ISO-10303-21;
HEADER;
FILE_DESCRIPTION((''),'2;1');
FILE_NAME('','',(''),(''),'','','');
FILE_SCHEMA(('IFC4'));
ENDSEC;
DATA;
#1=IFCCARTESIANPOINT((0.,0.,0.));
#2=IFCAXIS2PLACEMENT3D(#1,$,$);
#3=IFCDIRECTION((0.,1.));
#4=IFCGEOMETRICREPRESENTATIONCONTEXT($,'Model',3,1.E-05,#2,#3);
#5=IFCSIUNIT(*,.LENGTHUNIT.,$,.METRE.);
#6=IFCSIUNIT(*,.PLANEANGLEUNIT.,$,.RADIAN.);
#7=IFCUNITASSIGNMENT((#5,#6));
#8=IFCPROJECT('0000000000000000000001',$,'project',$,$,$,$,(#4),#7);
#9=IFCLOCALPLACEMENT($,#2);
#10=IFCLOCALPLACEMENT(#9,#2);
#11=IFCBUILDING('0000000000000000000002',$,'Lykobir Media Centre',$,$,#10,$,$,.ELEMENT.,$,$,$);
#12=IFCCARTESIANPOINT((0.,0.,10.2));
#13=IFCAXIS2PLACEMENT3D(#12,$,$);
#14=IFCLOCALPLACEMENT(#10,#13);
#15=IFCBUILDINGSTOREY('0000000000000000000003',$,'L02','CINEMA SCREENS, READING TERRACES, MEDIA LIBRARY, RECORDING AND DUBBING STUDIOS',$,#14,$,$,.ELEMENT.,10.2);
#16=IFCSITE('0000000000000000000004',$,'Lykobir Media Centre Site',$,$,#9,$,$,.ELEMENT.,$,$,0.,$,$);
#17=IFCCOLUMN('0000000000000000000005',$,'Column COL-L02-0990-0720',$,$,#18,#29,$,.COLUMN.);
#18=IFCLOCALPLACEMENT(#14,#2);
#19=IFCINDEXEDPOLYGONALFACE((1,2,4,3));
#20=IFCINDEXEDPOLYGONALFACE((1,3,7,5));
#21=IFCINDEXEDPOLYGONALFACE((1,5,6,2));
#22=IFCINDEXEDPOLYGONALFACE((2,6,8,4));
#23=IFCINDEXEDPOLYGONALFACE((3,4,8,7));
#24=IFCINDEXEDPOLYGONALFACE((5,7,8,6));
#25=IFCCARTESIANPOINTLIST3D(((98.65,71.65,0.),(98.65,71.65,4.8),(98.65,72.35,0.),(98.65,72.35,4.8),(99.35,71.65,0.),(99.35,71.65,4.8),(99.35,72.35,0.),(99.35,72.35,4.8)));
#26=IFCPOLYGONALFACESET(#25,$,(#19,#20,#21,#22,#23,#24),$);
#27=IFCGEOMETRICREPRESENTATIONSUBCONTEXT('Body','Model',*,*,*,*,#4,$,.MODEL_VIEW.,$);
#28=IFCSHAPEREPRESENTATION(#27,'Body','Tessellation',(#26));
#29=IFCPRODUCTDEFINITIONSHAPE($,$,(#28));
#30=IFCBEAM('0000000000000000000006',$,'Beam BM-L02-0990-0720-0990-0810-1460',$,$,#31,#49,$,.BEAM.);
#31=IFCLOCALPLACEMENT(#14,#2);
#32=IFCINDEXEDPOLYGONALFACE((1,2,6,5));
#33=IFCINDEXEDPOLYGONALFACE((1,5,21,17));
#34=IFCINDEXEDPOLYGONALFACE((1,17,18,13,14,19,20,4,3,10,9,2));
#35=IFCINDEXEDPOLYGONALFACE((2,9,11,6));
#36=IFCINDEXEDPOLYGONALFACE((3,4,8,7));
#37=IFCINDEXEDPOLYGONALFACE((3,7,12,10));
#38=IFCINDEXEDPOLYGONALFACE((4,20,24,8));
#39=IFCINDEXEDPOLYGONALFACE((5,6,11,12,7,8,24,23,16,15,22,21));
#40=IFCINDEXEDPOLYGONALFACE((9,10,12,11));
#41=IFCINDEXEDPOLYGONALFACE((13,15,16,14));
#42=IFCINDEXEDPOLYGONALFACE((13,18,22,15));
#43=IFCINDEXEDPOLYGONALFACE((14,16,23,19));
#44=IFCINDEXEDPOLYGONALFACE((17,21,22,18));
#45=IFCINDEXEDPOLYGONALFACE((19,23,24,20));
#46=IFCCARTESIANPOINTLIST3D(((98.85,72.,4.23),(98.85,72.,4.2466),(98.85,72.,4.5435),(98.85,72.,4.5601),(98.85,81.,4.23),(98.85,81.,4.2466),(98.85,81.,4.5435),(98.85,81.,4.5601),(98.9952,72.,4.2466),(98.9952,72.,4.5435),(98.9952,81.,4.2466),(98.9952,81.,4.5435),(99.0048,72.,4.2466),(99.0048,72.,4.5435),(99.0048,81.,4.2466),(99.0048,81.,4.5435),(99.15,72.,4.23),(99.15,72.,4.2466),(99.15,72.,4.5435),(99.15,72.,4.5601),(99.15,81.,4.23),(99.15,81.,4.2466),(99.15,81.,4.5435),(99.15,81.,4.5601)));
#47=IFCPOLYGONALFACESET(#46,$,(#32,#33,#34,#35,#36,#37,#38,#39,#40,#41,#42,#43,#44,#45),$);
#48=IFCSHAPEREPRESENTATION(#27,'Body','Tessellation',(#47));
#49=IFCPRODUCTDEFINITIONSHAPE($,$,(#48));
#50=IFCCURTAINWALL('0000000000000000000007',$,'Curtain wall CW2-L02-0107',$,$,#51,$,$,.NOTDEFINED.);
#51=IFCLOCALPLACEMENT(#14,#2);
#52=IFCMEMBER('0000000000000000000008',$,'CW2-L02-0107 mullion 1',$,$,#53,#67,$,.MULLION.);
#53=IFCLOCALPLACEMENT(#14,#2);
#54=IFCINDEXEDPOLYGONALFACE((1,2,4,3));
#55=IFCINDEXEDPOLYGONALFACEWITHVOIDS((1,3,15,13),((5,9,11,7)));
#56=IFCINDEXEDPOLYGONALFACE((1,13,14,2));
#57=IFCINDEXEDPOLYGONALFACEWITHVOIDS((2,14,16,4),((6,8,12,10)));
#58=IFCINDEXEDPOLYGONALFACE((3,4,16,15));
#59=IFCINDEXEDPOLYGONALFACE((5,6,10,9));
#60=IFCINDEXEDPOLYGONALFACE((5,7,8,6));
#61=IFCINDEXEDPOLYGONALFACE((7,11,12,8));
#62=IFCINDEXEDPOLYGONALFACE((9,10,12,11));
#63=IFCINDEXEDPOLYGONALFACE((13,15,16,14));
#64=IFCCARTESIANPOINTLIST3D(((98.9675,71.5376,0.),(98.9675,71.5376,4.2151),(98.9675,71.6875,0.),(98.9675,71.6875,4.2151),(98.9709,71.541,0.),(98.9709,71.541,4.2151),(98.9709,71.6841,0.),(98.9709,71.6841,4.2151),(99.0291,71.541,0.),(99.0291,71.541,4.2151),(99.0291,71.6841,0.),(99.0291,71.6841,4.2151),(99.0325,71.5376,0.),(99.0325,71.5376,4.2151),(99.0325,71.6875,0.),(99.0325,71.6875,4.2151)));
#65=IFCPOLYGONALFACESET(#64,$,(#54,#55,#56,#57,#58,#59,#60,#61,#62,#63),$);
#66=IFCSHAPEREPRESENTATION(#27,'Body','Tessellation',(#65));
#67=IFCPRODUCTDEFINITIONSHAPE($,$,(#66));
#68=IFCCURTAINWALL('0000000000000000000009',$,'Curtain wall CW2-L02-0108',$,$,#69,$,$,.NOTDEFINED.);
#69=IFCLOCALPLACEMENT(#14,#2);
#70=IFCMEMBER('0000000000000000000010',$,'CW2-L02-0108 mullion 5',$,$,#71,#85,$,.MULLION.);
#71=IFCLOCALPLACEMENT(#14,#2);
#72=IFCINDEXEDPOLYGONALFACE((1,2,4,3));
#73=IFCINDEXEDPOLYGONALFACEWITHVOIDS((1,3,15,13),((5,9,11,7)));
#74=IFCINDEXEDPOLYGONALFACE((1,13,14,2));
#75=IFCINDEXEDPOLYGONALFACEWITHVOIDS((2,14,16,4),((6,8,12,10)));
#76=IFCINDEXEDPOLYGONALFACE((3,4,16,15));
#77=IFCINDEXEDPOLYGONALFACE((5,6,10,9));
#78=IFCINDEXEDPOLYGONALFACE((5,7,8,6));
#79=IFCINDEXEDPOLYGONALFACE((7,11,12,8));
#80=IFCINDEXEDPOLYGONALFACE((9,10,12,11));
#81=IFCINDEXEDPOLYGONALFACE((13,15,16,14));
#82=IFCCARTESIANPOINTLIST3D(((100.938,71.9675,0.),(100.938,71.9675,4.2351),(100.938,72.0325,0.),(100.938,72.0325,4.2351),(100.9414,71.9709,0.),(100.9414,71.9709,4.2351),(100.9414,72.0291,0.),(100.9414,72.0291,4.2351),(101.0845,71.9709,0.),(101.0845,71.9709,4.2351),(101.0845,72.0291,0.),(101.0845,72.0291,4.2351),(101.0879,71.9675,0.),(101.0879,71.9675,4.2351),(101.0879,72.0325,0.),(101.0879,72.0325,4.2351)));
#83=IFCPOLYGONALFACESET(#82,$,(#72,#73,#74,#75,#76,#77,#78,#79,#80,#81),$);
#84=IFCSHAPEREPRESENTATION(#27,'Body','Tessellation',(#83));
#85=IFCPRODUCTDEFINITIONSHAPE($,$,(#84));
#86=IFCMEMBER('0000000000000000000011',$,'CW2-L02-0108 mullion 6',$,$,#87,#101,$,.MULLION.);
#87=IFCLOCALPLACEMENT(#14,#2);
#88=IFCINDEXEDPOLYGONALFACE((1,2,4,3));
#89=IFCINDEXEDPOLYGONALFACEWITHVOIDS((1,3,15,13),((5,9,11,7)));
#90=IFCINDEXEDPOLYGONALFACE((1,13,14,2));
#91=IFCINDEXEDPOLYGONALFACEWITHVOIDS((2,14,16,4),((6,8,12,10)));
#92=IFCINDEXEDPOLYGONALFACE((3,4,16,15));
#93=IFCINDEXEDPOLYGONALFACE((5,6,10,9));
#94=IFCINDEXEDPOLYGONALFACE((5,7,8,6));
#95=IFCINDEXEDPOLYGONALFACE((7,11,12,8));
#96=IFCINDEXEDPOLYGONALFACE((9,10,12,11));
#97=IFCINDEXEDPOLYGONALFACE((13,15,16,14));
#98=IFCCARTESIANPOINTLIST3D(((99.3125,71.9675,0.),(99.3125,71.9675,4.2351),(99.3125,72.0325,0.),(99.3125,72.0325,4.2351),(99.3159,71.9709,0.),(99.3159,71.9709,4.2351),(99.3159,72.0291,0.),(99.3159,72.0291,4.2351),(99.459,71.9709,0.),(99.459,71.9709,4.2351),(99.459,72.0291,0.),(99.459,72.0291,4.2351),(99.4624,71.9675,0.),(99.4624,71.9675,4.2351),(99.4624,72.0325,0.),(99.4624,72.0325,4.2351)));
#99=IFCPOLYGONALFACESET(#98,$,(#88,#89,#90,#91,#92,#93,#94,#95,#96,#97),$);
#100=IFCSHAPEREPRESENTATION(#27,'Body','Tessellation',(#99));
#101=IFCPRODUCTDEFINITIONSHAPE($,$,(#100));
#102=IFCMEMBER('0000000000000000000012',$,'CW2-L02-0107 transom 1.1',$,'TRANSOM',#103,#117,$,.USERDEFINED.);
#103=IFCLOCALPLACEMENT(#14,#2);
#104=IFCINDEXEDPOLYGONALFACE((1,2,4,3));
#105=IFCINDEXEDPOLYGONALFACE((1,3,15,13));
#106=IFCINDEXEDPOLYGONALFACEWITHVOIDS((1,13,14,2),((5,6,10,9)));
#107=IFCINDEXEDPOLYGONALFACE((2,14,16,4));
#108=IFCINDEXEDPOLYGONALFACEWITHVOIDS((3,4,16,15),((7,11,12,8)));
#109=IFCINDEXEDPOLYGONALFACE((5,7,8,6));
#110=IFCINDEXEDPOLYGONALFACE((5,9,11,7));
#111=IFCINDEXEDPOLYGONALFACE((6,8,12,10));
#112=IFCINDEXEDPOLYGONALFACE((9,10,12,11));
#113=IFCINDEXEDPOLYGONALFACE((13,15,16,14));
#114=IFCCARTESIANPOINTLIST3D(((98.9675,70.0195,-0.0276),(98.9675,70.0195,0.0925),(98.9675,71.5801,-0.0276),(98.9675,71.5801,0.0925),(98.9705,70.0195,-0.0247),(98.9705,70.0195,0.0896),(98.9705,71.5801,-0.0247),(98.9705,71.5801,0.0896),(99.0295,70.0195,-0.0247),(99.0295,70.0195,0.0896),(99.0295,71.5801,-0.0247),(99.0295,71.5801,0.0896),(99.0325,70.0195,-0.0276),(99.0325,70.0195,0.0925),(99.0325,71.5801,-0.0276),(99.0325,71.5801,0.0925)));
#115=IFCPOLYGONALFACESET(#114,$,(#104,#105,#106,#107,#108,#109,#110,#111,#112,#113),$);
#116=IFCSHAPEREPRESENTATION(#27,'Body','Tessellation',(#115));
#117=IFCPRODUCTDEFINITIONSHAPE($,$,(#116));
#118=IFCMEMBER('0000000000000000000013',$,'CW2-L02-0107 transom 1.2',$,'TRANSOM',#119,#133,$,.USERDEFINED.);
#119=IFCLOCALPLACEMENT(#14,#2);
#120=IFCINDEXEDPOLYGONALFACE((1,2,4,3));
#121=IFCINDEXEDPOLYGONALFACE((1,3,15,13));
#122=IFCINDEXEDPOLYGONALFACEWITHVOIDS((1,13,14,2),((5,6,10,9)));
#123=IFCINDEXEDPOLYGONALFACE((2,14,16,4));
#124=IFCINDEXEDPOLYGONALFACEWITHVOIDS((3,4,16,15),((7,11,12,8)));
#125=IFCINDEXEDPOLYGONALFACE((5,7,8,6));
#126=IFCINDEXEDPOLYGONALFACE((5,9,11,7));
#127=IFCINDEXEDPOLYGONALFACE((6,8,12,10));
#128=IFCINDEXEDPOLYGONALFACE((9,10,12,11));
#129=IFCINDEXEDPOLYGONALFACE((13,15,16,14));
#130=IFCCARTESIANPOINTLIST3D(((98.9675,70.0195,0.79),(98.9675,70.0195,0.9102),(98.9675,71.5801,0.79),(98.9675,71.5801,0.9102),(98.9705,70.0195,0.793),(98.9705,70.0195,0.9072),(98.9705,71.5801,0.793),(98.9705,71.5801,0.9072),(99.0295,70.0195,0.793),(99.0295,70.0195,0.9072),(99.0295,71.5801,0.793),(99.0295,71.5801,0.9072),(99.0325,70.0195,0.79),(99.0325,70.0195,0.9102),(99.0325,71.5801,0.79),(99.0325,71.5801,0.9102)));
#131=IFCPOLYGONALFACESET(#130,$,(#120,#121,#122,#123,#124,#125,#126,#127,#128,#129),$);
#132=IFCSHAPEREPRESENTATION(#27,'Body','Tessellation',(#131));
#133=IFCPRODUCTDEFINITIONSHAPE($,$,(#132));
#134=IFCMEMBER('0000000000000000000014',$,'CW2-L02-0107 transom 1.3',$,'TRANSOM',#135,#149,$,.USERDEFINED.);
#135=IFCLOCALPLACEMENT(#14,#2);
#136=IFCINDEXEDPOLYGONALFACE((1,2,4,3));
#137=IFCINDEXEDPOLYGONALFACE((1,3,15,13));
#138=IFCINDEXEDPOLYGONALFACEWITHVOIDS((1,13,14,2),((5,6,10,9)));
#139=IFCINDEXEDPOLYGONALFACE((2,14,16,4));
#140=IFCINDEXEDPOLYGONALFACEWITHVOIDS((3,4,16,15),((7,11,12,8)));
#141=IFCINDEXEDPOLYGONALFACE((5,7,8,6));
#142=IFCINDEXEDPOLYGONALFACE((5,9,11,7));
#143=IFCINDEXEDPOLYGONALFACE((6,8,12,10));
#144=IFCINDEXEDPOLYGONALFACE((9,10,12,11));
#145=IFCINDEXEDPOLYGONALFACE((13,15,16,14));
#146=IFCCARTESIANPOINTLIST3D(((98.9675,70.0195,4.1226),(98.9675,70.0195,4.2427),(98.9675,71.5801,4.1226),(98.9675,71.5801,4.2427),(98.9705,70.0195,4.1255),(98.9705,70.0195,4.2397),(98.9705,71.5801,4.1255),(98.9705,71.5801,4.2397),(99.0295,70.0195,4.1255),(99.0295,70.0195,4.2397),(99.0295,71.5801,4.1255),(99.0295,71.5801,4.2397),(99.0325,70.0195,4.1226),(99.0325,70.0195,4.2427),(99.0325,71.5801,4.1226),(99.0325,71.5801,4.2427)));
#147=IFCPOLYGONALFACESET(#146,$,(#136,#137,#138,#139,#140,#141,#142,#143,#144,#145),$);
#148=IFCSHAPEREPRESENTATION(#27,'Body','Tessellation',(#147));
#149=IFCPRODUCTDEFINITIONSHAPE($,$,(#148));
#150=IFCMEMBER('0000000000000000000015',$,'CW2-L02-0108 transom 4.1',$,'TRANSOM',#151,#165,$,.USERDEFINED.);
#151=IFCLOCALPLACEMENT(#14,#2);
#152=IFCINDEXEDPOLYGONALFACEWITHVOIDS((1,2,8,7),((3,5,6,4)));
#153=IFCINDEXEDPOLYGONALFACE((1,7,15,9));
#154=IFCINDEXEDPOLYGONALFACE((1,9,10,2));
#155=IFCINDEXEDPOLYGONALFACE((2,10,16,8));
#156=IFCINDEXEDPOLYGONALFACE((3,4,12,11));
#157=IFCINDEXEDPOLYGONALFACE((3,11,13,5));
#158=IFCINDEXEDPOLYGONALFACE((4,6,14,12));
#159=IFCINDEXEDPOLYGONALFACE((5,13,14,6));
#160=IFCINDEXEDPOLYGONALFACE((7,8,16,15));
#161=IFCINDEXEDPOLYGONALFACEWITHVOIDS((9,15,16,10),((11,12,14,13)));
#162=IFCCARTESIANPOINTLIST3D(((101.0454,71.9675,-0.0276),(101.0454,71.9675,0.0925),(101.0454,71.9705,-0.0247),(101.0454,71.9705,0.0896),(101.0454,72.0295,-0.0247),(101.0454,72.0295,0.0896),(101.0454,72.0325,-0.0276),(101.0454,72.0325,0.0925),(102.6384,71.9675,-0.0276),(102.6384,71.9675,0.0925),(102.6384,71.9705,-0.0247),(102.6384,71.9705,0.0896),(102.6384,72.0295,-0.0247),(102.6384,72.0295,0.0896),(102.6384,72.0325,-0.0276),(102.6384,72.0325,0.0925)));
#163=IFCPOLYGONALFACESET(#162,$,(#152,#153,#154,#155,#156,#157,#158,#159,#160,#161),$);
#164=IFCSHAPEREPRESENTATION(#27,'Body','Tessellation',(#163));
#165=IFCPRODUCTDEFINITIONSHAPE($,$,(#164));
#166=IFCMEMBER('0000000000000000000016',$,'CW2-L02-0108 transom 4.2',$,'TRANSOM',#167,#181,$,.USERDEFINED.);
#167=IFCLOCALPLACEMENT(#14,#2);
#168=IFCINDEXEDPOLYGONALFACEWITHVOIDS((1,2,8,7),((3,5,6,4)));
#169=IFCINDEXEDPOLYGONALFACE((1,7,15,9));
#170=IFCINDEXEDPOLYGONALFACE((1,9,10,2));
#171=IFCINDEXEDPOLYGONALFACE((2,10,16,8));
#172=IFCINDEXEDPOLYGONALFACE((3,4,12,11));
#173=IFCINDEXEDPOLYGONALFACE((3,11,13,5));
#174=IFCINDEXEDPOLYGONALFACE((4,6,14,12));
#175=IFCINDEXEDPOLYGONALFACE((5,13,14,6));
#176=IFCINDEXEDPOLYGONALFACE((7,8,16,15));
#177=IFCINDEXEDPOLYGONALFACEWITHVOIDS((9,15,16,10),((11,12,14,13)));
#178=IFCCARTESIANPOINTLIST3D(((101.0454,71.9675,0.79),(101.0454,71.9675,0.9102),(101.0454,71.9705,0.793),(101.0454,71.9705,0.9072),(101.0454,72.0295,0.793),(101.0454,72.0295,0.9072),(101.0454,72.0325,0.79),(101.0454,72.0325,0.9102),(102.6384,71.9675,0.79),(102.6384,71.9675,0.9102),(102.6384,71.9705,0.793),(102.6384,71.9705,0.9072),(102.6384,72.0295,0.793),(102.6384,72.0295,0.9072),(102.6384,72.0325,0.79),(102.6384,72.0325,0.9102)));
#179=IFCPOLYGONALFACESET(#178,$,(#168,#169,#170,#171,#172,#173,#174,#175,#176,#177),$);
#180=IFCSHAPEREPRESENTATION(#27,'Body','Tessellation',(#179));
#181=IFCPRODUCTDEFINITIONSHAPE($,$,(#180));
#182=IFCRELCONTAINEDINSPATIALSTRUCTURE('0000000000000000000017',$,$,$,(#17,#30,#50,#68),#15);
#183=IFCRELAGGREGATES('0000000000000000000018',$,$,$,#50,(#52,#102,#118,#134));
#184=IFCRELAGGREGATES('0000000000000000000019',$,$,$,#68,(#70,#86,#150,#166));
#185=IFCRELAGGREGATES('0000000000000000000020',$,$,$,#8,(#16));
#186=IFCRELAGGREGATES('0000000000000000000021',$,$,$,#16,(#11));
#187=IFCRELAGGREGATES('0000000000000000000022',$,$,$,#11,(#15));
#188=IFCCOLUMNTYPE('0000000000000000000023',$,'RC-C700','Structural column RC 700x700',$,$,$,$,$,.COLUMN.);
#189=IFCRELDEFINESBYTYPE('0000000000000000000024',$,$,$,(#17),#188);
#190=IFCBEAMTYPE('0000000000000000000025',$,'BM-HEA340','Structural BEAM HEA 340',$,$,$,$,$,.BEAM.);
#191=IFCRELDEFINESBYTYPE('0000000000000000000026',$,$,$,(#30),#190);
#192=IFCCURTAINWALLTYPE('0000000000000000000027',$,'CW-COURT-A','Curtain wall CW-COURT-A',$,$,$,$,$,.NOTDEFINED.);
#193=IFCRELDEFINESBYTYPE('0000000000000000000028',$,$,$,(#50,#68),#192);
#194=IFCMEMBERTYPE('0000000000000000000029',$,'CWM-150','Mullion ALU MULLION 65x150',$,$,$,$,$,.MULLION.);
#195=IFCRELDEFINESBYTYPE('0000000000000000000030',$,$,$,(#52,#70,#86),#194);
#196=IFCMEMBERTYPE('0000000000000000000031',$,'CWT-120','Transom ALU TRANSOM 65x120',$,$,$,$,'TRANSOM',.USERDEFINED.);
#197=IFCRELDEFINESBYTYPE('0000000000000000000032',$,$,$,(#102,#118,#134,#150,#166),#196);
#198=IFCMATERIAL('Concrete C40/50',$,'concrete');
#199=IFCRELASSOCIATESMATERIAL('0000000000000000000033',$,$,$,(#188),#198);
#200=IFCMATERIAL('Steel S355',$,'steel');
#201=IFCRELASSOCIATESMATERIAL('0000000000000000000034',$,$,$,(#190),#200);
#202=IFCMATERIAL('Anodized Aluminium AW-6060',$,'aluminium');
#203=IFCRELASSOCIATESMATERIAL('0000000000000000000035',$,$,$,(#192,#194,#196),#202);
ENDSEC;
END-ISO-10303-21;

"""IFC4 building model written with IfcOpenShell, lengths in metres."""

from ifc_helpers import new_model, si_unit, direction, frame, origin, origin_2d, place, context, subcontext, project, spatial, rectangle, hollow_rectangle, i_section, extrude, material, material_profile, profile_set, type_object, element, aggregate, save


model = new_model("IFC4")

# Units and contexts
model_context = context("Model", 3, precision=1e-05, world=origin(), true_north=direction((0.0, 1.0)))
body_context = subcontext(model_context, "Body", "Model", "MODEL_VIEW")
ifc_project = project(units=[si_unit("LENGTHUNIT", "METRE"), si_unit("PLANEANGLEUNIT", "RADIAN")], contexts=[model_context])

# Site, building, storey
site_placement = place(None, origin())
site = spatial("IfcSite", under=ifc_project, at=site_placement, Name="Lykobir Media Centre Site", CompositionType="ELEMENT", RefElevation=0.0)
building_placement = place(site_placement, origin())
building = spatial("IfcBuilding", under=site, at=building_placement, Name="Lykobir Media Centre", CompositionType="ELEMENT")
storey_placement = place(building_placement, frame((0.0, 0.0, 10.2)))
storey = spatial("IfcBuildingStorey", under=building, at=storey_placement, Name="L02", Description="CINEMA SCREENS, READING TERRACES, MEDIA LIBRARY, RECORDING AND DUBBING STUDIOS", CompositionType="ELEMENT", Elevation=10.2)

# Column
ifc_material_1 = material(Name="Concrete C40/50", Category="concrete")
ifc_material_profile_1 = material_profile(ifc_material_1, rectangle(XDim=0.7, YDim=0.7, at=origin_2d()), Name="RC 700x700")
ifc_profile_set_1 = profile_set([ifc_material_profile_1], Name="Concrete C40/50")
column_type = type_object("IfcColumnType", Name="RC-C700", Description="Structural column RC 700x700", PredefinedType="COLUMN", material=ifc_profile_set_1)
column_placement = place(storey_placement, frame((99.0, 72.0, 0.0), z_axis=(0.0, 0.0, 1.0), x_axis=(1.0, 0.0, 0.0)))
element("IfcColumn", 1, at=column_placement, inside=storey, type_object=column_type, Name="Column COL-L02-0990-0720", PredefinedType="COLUMN", context=body_context, shape_type="SweptSolid", body=[
    extrude(rectangle(XDim=0.7, YDim=0.7, at=origin_2d()), origin(), (0.0, 0.0, 1.0), 4.8),
])

# Beam
ifc_material_2 = material(Name="Steel S355", Category="steel")
ifc_material_profile_2 = material_profile(ifc_material_2, i_section(OverallWidth=0.3, OverallDepth=0.3301, WebThickness=0.0095, FlangeThickness=0.0166, at=origin_2d()), Name="HEA 340")
ifc_profile_set_2 = profile_set([ifc_material_profile_2], Name="Steel S355")
beam_type_1 = type_object("IfcBeamType", Name="BM-HEA340", Description="Structural BEAM HEA 340", PredefinedType="BEAM", material=ifc_profile_set_2)
beam_1_placement = place(storey_placement, frame((99.0, 72.0, 4.395), z_axis=(0.0, 1.0, 0.0), x_axis=(-1.0, 0.0, 0.0)))
element("IfcBeam", 2, at=beam_1_placement, inside=storey, type_object=beam_type_1, Name="Beam BM-L02-0990-0720-0990-0810-1460", PredefinedType="BEAM", context=body_context, shape_type="SweptSolid", body=[
    extrude(i_section(OverallWidth=0.3, OverallDepth=0.3301, WebThickness=0.0095, FlangeThickness=0.0166, at=origin_2d()), origin(), (0.0, 0.0, 1.0), 9.0),
])

# Curtain wall, member
ifc_material_3 = material(Name="Anodized Aluminium AW-6060", Category="aluminium")
curtain_wall_type = type_object("IfcCurtainWallType", Name="CW-COURT-A", Description="Curtain wall CW-COURT-A", PredefinedType="NOTDEFINED", material=ifc_material_3)
curtain_wall_1_placement = place(storey_placement, origin())
curtain_wall_1 = element("IfcCurtainWall", 3, at=curtain_wall_1_placement, inside=storey, type_object=curtain_wall_type, Name="Curtain wall CW2-L02-0107", PredefinedType="NOTDEFINED")
ifc_material_profile_3 = material_profile(ifc_material_3, hollow_rectangle(XDim=0.0649, YDim=0.1499, WallThickness=0.0034, at=origin_2d()), Name="ALU MULLION 65x150")
ifc_profile_set_3 = profile_set([ifc_material_profile_3], Name="Anodized Aluminium AW-6060")
member_type_1 = type_object("IfcMemberType", Name="CWM-150", Description="Mullion ALU MULLION 65x150", PredefinedType="MULLION", material=ifc_profile_set_3)
member_1_placement = place(storey_placement, frame((99.0, 71.6125, 0.0), z_axis=(0.0, 0.0, 1.0), x_axis=(1.0, 0.0, 0.0)))
member_1 = element("IfcMember", 4, at=member_1_placement, type_object=member_type_1, Name="CW2-L02-0107 mullion 1", PredefinedType="MULLION", context=body_context, shape_type="SweptSolid", body=[
    extrude(hollow_rectangle(XDim=0.0649, YDim=0.1499, WallThickness=0.0034, at=origin_2d()), origin(), (0.0, 0.0, 1.0), 4.2151),
])

# Curtain wall, members
curtain_wall_2_placement = place(storey_placement, origin())
curtain_wall_2 = element("IfcCurtainWall", 5, at=curtain_wall_2_placement, inside=storey, type_object=curtain_wall_type, Name="Curtain wall CW2-L02-0108", PredefinedType="NOTDEFINED")
member_2_placement = place(storey_placement, frame((101.0129, 72.0, 0.0), z_axis=(0.0, 0.0, 1.0), x_axis=(0.0, -1.0, 0.0)))
member_2 = element("IfcMember", 6, at=member_2_placement, type_object=member_type_1, Name="CW2-L02-0108 mullion 5", PredefinedType="MULLION", context=body_context, shape_type="SweptSolid", body=[
    extrude(hollow_rectangle(XDim=0.0649, YDim=0.1499, WallThickness=0.0034, at=origin_2d()), origin(), (0.0, 0.0, 1.0), 4.2351),
])
member_3_placement = place(storey_placement, frame((99.3875, 72.0, 0.0), z_axis=(0.0, 0.0, 1.0), x_axis=(0.0, -1.0, 0.0)))
member_3 = element("IfcMember", 7, at=member_3_placement, type_object=member_type_1, Name="CW2-L02-0108 mullion 6", PredefinedType="MULLION", context=body_context, shape_type="SweptSolid", body=[
    extrude(hollow_rectangle(XDim=0.0649, YDim=0.1499, WallThickness=0.0034, at=origin_2d()), origin(), (0.0, 0.0, 1.0), 4.2351),
])

# Members
ifc_material_profile_4 = material_profile(ifc_material_3, hollow_rectangle(XDim=0.0649, YDim=0.1201, WallThickness=0.0029, at=origin_2d()), Name="ALU TRANSOM 65x120")
ifc_profile_set_4 = profile_set([ifc_material_profile_4], Name="Anodized Aluminium AW-6060")
member_type_2 = type_object("IfcMemberType", Name="CWT-120", Description="Transom ALU TRANSOM 65x120", ElementType="TRANSOM", PredefinedType="USERDEFINED", material=ifc_profile_set_4)
member_4_placement = place(storey_placement, frame((99.0, 71.5801, 0.0325), z_axis=(0.0, -1.0, 0.0), x_axis=(1.0, 0.0, 0.0)))
member_4 = element("IfcMember", 8, at=member_4_placement, type_object=member_type_2, Name="CW2-L02-0107 transom 1.1", ObjectType="TRANSOM", PredefinedType="USERDEFINED", context=body_context, shape_type="SweptSolid", body=[
    extrude(hollow_rectangle(XDim=0.0649, YDim=0.1201, WallThickness=0.0029, at=origin_2d()), origin(), (0.0, 0.0, 1.0), 1.5605),
])
member_5_placement = place(storey_placement, frame((99.0, 71.5801, 0.8501), z_axis=(0.0, -1.0, 0.0), x_axis=(1.0, 0.0, 0.0)))
member_5 = element("IfcMember", 9, at=member_5_placement, type_object=member_type_2, Name="CW2-L02-0107 transom 1.2", ObjectType="TRANSOM", PredefinedType="USERDEFINED", context=body_context, shape_type="SweptSolid", body=[
    extrude(hollow_rectangle(XDim=0.0649, YDim=0.1201, WallThickness=0.0029, at=origin_2d()), origin(), (0.0, 0.0, 1.0), 1.5605),
])
member_6_placement = place(storey_placement, frame((99.0, 71.5801, 4.1826), z_axis=(0.0, -1.0, 0.0), x_axis=(1.0, 0.0, 0.0)))
member_6 = element("IfcMember", 10, at=member_6_placement, type_object=member_type_2, Name="CW2-L02-0107 transom 1.3", ObjectType="TRANSOM", PredefinedType="USERDEFINED", context=body_context, shape_type="SweptSolid", body=[
    extrude(hollow_rectangle(XDim=0.0649, YDim=0.1201, WallThickness=0.0029, at=origin_2d()), origin(), (0.0, 0.0, 1.0), 1.5605),
])
aggregate(curtain_wall_1, [member_1, member_4, member_5, member_6])
member_7_placement = place(storey_placement, frame((102.6384, 72.0, 0.0325), z_axis=(-1.0, 0.0, 0.0), x_axis=(0.0, -1.0, 0.0)))
member_7 = element("IfcMember", 11, at=member_7_placement, type_object=member_type_2, Name="CW2-L02-0108 transom 4.1", ObjectType="TRANSOM", PredefinedType="USERDEFINED", context=body_context, shape_type="SweptSolid", body=[
    extrude(hollow_rectangle(XDim=0.0649, YDim=0.1201, WallThickness=0.0029, at=origin_2d()), origin(), (0.0, 0.0, 1.0), 1.593),
])
member_8_placement = place(storey_placement, frame((102.6384, 72.0, 0.8501), z_axis=(-1.0, 0.0, 0.0), x_axis=(0.0, -1.0, 0.0)))
member_8 = element("IfcMember", 12, at=member_8_placement, type_object=member_type_2, Name="CW2-L02-0108 transom 4.2", ObjectType="TRANSOM", PredefinedType="USERDEFINED", context=body_context, shape_type="SweptSolid", body=[
    extrude(hollow_rectangle(XDim=0.0649, YDim=0.1201, WallThickness=0.0029, at=origin_2d()), origin(), (0.0, 0.0, 1.0), 1.593),
])

aggregate(curtain_wall_2, [member_2, member_3, member_7, member_8])

save(model, "model.ifc")
